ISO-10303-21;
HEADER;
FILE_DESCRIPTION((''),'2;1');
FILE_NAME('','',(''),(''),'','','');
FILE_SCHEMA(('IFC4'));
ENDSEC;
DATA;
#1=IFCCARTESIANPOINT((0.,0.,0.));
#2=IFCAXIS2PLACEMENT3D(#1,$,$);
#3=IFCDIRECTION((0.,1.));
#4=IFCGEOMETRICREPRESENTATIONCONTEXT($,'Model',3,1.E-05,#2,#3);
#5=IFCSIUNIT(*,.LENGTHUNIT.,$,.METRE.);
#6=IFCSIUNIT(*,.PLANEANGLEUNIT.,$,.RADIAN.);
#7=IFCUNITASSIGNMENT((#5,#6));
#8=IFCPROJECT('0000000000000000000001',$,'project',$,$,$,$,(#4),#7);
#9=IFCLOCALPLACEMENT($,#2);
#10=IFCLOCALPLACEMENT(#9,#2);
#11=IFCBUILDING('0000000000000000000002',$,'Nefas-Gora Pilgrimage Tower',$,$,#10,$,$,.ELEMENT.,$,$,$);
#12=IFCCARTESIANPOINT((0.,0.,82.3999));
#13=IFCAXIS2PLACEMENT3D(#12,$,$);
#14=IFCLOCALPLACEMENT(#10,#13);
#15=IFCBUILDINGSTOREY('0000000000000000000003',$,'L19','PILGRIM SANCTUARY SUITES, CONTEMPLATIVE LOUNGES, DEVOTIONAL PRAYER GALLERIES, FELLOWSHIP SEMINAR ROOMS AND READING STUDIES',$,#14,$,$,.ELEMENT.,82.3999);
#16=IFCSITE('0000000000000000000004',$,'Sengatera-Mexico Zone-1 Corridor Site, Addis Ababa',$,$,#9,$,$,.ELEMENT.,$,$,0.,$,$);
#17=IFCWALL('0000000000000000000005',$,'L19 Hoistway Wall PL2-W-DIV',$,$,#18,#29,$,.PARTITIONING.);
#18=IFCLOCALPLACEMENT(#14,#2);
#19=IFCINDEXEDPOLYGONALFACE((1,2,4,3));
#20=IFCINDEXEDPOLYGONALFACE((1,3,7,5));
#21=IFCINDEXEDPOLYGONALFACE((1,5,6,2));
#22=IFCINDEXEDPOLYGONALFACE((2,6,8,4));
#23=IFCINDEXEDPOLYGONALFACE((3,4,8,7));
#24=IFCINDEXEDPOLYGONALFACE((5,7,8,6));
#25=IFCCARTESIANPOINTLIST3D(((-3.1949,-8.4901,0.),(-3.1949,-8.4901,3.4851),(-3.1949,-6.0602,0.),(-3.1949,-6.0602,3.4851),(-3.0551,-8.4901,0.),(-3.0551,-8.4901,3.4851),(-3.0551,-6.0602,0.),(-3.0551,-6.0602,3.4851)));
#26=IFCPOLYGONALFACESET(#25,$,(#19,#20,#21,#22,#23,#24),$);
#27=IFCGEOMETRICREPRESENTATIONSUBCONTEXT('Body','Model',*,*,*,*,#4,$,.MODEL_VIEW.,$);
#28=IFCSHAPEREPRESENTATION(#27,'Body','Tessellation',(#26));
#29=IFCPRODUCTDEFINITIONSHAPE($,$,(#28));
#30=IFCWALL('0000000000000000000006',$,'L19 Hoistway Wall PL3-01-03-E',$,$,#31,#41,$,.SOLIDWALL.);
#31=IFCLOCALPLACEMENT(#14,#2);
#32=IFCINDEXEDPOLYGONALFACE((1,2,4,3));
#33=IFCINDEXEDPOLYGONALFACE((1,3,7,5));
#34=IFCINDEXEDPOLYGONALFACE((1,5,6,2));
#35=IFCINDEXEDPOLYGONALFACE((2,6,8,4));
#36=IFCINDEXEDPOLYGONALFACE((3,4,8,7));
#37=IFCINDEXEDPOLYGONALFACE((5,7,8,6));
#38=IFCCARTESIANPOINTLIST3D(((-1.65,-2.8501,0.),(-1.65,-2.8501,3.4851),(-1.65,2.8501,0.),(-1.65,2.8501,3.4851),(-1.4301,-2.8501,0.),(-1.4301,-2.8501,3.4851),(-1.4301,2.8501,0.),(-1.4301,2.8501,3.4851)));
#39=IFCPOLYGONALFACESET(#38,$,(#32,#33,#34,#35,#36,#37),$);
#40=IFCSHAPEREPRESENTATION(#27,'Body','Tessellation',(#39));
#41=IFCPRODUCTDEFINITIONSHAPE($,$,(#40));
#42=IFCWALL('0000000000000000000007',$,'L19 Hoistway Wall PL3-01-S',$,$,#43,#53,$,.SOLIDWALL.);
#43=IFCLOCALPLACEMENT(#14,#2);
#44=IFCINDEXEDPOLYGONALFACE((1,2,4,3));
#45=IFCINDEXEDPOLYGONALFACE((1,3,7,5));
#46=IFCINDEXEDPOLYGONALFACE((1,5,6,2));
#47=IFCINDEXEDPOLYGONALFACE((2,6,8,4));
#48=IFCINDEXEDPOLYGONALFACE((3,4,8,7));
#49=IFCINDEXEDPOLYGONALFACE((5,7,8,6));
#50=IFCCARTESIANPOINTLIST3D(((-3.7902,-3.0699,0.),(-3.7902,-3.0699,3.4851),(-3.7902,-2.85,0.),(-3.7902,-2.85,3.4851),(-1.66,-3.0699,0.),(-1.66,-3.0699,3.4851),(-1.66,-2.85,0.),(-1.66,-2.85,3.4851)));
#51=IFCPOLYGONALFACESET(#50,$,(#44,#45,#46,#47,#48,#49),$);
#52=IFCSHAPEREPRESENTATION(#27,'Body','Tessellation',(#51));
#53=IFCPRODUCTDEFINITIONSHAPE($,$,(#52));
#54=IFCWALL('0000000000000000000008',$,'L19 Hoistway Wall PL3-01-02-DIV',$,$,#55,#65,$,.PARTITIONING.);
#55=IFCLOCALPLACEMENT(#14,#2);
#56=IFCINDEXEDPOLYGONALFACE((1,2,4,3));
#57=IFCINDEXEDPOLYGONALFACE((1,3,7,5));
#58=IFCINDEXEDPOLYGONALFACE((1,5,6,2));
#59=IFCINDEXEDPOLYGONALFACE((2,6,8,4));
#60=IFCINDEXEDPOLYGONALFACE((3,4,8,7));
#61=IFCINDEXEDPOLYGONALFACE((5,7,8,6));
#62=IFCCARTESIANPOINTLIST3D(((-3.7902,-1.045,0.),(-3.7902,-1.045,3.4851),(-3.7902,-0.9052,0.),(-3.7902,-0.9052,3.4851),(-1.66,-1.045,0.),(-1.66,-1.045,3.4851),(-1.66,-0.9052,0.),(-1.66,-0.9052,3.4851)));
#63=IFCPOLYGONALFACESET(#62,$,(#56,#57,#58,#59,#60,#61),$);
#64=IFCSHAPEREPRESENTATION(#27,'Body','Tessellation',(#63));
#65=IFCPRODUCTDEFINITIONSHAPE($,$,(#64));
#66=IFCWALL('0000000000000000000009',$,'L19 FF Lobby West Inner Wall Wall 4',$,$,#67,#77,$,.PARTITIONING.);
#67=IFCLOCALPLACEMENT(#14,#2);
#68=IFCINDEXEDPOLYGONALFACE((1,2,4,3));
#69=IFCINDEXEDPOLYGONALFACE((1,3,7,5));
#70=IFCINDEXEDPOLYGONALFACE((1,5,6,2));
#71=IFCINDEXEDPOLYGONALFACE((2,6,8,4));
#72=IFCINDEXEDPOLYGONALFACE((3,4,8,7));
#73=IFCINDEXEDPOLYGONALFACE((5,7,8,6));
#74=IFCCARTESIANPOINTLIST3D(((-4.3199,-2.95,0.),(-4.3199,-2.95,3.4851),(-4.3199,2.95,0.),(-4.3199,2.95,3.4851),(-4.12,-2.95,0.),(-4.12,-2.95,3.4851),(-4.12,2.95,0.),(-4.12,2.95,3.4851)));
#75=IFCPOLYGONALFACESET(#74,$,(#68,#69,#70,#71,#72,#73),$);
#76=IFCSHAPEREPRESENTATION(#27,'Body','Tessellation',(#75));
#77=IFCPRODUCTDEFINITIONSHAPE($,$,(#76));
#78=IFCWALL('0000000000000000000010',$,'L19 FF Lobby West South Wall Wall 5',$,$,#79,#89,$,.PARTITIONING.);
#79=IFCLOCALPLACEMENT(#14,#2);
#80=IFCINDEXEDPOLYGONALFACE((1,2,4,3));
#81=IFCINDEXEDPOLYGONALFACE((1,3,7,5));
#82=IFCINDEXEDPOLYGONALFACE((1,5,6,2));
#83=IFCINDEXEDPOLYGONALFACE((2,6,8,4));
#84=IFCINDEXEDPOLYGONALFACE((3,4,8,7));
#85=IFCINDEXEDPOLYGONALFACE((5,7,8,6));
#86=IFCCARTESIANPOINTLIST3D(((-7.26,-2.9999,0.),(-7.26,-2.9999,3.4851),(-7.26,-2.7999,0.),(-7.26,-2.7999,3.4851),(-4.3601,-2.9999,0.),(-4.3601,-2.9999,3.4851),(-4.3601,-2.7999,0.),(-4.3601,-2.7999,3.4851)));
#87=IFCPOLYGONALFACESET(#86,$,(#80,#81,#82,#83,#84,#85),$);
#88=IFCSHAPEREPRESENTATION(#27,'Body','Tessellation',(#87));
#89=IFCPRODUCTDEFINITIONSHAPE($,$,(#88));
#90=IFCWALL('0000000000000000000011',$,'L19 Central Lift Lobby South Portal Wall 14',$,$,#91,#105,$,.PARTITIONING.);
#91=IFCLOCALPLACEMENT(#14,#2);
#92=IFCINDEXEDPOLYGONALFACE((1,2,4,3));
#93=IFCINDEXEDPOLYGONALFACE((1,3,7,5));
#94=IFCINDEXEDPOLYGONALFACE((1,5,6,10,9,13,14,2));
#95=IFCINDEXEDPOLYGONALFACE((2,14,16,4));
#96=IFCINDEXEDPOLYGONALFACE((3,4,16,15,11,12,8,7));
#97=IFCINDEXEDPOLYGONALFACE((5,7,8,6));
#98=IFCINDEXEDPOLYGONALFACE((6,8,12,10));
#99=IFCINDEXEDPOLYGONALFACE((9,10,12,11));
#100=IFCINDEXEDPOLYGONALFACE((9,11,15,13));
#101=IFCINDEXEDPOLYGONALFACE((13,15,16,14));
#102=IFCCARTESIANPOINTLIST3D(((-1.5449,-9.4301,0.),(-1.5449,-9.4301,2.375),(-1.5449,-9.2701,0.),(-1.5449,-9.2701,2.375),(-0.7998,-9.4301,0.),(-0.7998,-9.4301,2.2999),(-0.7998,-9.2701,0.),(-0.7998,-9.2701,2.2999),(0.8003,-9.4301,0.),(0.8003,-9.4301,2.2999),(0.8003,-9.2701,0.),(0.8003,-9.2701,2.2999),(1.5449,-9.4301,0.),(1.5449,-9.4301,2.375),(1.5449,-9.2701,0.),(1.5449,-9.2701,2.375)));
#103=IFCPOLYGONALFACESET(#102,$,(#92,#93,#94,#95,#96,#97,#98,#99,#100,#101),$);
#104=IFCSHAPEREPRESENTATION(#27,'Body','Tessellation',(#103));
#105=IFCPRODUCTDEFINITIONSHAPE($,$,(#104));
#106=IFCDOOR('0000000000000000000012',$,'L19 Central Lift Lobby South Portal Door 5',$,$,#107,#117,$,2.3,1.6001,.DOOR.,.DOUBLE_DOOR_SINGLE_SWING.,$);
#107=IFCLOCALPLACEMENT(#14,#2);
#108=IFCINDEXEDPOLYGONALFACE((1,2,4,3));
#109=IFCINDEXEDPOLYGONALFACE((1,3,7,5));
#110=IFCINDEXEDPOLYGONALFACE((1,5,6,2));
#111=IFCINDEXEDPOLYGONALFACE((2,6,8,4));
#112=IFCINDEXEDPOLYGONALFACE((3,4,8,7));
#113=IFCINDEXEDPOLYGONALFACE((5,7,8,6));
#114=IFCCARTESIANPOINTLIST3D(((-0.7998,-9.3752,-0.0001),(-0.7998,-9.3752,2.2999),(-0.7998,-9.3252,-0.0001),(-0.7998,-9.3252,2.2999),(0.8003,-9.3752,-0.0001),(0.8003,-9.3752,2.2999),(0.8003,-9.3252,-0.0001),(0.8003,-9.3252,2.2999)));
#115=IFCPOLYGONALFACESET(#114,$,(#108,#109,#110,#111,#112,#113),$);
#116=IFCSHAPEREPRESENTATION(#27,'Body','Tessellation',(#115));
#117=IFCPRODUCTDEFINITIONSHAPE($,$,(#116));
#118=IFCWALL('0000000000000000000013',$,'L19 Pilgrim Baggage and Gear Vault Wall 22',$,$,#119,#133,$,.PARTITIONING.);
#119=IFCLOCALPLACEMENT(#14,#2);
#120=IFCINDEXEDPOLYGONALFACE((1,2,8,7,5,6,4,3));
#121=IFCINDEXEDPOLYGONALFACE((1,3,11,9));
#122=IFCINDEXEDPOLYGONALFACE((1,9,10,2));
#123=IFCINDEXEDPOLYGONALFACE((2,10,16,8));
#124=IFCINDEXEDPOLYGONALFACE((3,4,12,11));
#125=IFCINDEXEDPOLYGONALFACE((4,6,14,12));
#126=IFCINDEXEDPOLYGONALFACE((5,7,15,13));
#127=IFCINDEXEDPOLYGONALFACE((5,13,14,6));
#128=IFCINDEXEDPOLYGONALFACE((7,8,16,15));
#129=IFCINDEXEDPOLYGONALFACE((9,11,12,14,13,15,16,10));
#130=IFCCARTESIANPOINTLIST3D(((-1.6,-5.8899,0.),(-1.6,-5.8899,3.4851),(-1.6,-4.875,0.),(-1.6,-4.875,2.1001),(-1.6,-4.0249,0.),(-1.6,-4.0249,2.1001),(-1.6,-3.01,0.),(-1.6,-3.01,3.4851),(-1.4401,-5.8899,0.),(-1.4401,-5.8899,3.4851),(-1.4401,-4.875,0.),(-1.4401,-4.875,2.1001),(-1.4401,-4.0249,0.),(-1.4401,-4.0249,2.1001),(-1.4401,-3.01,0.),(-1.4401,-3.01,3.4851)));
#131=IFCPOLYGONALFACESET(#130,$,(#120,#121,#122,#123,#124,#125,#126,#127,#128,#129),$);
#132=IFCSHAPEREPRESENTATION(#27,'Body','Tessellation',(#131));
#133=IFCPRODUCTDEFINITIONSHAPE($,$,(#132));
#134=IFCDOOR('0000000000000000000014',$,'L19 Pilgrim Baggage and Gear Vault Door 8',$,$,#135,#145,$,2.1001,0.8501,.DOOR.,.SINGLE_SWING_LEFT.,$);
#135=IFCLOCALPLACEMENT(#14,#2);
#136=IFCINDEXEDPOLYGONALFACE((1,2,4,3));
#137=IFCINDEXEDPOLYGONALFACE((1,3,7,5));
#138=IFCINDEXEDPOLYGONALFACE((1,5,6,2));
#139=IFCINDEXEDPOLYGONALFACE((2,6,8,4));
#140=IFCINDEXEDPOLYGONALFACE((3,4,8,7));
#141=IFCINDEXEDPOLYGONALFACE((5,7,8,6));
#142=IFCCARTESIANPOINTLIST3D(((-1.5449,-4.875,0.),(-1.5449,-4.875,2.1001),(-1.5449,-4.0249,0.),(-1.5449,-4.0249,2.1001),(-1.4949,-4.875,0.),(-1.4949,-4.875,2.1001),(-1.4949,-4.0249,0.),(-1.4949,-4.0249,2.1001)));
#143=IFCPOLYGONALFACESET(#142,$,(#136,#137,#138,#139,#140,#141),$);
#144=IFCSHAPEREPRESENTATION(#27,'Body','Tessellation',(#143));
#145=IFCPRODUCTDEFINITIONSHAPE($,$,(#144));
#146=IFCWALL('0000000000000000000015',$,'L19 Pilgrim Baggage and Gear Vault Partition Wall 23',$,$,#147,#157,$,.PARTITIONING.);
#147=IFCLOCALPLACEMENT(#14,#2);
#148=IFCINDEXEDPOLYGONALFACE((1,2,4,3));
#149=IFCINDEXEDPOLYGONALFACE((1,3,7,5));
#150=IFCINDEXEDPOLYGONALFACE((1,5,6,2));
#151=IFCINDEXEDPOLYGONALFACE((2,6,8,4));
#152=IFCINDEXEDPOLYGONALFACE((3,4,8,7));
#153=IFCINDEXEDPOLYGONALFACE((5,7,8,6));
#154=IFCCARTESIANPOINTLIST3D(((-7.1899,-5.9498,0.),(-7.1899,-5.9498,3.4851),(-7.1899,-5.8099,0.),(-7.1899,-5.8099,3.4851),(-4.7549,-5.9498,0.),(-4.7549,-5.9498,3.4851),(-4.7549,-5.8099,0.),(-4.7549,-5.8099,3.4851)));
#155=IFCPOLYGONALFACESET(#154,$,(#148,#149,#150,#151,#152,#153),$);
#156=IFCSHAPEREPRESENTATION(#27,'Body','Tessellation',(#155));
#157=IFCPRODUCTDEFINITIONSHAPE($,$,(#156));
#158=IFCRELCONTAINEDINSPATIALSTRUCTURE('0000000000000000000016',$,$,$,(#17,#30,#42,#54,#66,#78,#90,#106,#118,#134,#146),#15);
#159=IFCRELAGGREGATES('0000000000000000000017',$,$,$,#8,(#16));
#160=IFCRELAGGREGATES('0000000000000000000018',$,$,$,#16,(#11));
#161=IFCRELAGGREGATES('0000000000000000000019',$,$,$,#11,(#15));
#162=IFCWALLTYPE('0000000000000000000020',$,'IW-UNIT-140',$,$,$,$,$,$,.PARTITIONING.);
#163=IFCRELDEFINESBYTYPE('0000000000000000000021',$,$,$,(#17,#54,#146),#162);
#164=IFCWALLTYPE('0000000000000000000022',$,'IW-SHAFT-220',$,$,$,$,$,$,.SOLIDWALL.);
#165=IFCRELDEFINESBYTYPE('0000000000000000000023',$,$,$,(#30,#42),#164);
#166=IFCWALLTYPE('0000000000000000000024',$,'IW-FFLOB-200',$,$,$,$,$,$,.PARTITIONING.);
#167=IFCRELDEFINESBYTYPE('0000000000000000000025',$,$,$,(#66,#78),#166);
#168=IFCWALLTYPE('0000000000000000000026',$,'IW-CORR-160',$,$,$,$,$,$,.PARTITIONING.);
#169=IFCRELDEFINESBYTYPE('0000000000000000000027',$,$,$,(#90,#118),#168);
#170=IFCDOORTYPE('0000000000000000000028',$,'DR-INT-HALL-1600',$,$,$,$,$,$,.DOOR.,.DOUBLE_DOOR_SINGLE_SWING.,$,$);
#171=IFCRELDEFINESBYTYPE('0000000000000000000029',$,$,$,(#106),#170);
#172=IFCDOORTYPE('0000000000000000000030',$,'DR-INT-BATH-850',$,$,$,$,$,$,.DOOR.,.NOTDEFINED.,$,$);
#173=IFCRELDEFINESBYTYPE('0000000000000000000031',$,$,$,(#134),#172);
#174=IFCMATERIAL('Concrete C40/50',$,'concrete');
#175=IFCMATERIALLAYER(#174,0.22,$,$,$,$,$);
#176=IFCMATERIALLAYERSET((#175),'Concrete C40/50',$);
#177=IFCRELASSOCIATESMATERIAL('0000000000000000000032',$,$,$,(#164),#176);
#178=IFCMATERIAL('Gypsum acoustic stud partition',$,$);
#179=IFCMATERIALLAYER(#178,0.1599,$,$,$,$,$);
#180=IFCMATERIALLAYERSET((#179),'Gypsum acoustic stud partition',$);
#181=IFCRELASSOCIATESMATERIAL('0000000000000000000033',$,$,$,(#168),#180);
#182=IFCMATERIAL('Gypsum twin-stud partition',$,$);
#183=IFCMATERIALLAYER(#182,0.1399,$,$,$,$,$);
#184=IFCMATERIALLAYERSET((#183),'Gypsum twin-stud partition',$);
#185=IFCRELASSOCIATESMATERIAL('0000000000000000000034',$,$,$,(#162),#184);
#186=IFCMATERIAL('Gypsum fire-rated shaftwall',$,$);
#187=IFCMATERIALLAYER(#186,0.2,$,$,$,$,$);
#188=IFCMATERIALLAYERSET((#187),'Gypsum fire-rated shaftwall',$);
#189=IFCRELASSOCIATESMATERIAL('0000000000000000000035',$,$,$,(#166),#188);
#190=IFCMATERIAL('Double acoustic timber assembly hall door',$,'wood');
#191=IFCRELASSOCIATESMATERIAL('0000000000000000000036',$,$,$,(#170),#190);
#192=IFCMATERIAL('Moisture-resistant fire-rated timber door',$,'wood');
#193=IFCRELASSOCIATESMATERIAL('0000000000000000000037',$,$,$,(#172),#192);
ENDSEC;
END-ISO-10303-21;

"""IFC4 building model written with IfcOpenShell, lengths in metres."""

from ifc_helpers import new_model, si_unit, direction, frame, frame_2d, origin, place, context, subcontext, project, spatial, rectangle, extrude, source, transform, mapped, material, layer, layer_set, type_object, element, fill, save


model = new_model("IFC4")

# Units and contexts
model_context = context("Model", 3, precision=1e-05, world=origin(), true_north=direction((0.0, 1.0)))
body_context = subcontext(model_context, "Body", "Model", "MODEL_VIEW")
ifc_project = project(units=[si_unit("LENGTHUNIT", "METRE"), si_unit("PLANEANGLEUNIT", "RADIAN")], contexts=[model_context])

# Site, building, storey
site_placement = place(None, origin())
site = spatial("IfcSite", under=ifc_project, at=site_placement, Name="Sengatera-Mexico Zone-1 Corridor Site, Addis Ababa", CompositionType="ELEMENT", RefElevation=0.0)
building_placement = place(site_placement, origin())
building = spatial("IfcBuilding", under=site, at=building_placement, Name="Nefas-Gora Pilgrimage Tower", CompositionType="ELEMENT")
storey_placement = place(building_placement, frame((0.0, 0.0, 82.3999)))
storey = spatial("IfcBuildingStorey", under=building, at=storey_placement, Name="L19", Description="PILGRIM SANCTUARY SUITES, CONTEMPLATIVE LOUNGES, DEVOTIONAL PRAYER GALLERIES, FELLOWSHIP SEMINAR ROOMS AND READING STUDIES", CompositionType="ELEMENT", Elevation=82.3999)

# Walls
ifc_material_1 = material(Name="Concrete C40/50", Category="concrete")
ifc_layer_1 = layer(ifc_material_1, 0.22)
ifc_layer_set_1 = layer_set([ifc_layer_1], Name="Concrete C40/50")
wall_type_1 = type_object("IfcWallType", Name="IW-SHAFT-220", PredefinedType="SOLIDWALL", material=ifc_layer_set_1)
ifc_material_2 = material(Name="Gypsum acoustic stud partition")
ifc_layer_2 = layer(ifc_material_2, 0.1599)
ifc_layer_set_2 = layer_set([ifc_layer_2], Name="Gypsum acoustic stud partition")
wall_type_2 = type_object("IfcWallType", Name="IW-CORR-160", PredefinedType="PARTITIONING", material=ifc_layer_set_2)
ifc_material_3 = material(Name="Gypsum twin-stud partition")
ifc_layer_3 = layer(ifc_material_3, 0.1399)
ifc_layer_set_3 = layer_set([ifc_layer_3], Name="Gypsum twin-stud partition")
wall_type_3 = type_object("IfcWallType", Name="IW-UNIT-140", PredefinedType="PARTITIONING", material=ifc_layer_set_3)
shared_shape_1 = source(origin(), body_context, "Body", "SweptSolid", [
    extrude(rectangle(XDim=2.4299, YDim=0.1399, at=frame_2d((1.2148, 0.0))), origin(), (0.0, 0.0, 1.0), 3.4851),
])
wall_1_placement = place(storey_placement, frame((-3.125, -8.49, 0.0), z_axis=(0.0, 0.0, 1.0), x_axis=(0.0, 1.0, 0.0)))
element("IfcWall", 1, at=wall_1_placement, inside=storey, type_object=wall_type_3, Name="L19 Hoistway Wall PL2-W-DIV", PredefinedType="PARTITIONING", context=body_context, shape_type="MappedRepresentation", body=[
    mapped(shared_shape_1, transform((0.0, 0.0, 0.0), x_axis=(1.0, 0.0, 0.0), y_axis=(0.0, 1.0, 0.0), z_axis=(0.0, 0.0, 1.0), scale=1.0)),
])
shared_shape_2 = source(origin(), body_context, "Body", "SweptSolid", [
    extrude(rectangle(XDim=5.7002, YDim=0.22, at=frame_2d((2.8501, 0.0))), origin(), (0.0, 0.0, 1.0), 3.4851),
])
wall_2_placement = place(storey_placement, frame((-1.54, -2.8501, 0.0), z_axis=(0.0, 0.0, 1.0), x_axis=(0.0, 1.0, 0.0)))
element("IfcWall", 2, at=wall_2_placement, inside=storey, type_object=wall_type_1, Name="L19 Hoistway Wall PL3-01-03-E", PredefinedType="SOLIDWALL", context=body_context, shape_type="MappedRepresentation", body=[
    mapped(shared_shape_2, transform((0.0, 0.0, 0.0), x_axis=(1.0, 0.0, 0.0), y_axis=(0.0, 1.0, 0.0), z_axis=(0.0, 0.0, 1.0), scale=1.0)),
])
shared_shape_3 = source(origin(), body_context, "Body", "SweptSolid", [
    extrude(rectangle(XDim=2.1301, YDim=0.22, at=frame_2d((1.0649, 0.0))), origin(), (0.0, 0.0, 1.0), 3.4851),
])
wall_3_placement = place(storey_placement, frame((-3.79, -2.96, 0.0), z_axis=(0.0, 0.0, 1.0), x_axis=(1.0, 0.0, 0.0)))
element("IfcWall", 3, at=wall_3_placement, inside=storey, type_object=wall_type_1, Name="L19 Hoistway Wall PL3-01-S", PredefinedType="SOLIDWALL", context=body_context, shape_type="MappedRepresentation", body=[
    mapped(shared_shape_3, transform((0.0, 0.0, 0.0), x_axis=(1.0, 0.0, 0.0), y_axis=(0.0, 1.0, 0.0), z_axis=(0.0, 0.0, 1.0), scale=1.0)),
])
shared_shape_4 = source(origin(), body_context, "Body", "SweptSolid", [
    extrude(rectangle(XDim=2.1301, YDim=0.1399, at=frame_2d((1.0649, 0.0))), origin(), (0.0, 0.0, 1.0), 3.4851),
])
wall_4_placement = place(storey_placement, frame((-3.79, -0.9751, 0.0), z_axis=(0.0, 0.0, 1.0), x_axis=(1.0, 0.0, 0.0)))
element("IfcWall", 4, at=wall_4_placement, inside=storey, type_object=wall_type_3, Name="L19 Hoistway Wall PL3-01-02-DIV", PredefinedType="PARTITIONING", context=body_context, shape_type="MappedRepresentation", body=[
    mapped(shared_shape_4, transform((0.0, 0.0, 0.0), x_axis=(1.0, 0.0, 0.0), y_axis=(0.0, 1.0, 0.0), z_axis=(0.0, 0.0, 1.0), scale=1.0)),
])
ifc_material_4 = material(Name="Gypsum fire-rated shaftwall")
ifc_layer_4 = layer(ifc_material_4, 0.2)
ifc_layer_set_4 = layer_set([ifc_layer_4], Name="Gypsum fire-rated shaftwall")
wall_type_4 = type_object("IfcWallType", Name="IW-FFLOB-200", PredefinedType="PARTITIONING", material=ifc_layer_set_4)
shared_shape_5 = source(origin(), body_context, "Body", "SweptSolid", [
    extrude(rectangle(XDim=5.8999, YDim=0.2, at=frame_2d((2.95, 0.0))), origin(), (0.0, 0.0, 1.0), 3.4851),
])
wall_5_placement = place(storey_placement, frame((-4.22, -2.95, 0.0), z_axis=(0.0, 0.0, 1.0), x_axis=(0.0, 1.0, 0.0)))
element("IfcWall", 5, at=wall_5_placement, inside=storey, type_object=wall_type_4, Name="L19 FF Lobby West Inner Wall Wall 4", PredefinedType="PARTITIONING", context=body_context, shape_type="MappedRepresentation", body=[
    mapped(shared_shape_5, transform((0.0, 0.0, 0.0), x_axis=(1.0, 0.0, 0.0), y_axis=(0.0, 1.0, 0.0), z_axis=(0.0, 0.0, 1.0), scale=1.0)),
])
shared_shape_6 = source(origin(), body_context, "Body", "SweptSolid", [
    extrude(rectangle(XDim=2.8999, YDim=0.2, at=frame_2d((1.45, 0.0))), origin(), (0.0, 0.0, 1.0), 3.4851),
])
wall_6_placement = place(storey_placement, frame((-7.26, -2.8999, 0.0), z_axis=(0.0, 0.0, 1.0), x_axis=(1.0, 0.0, 0.0)))
element("IfcWall", 6, at=wall_6_placement, inside=storey, type_object=wall_type_4, Name="L19 FF Lobby West South Wall Wall 5", PredefinedType="PARTITIONING", context=body_context, shape_type="MappedRepresentation", body=[
    mapped(shared_shape_6, transform((0.0, 0.0, 0.0), x_axis=(1.0, 0.0, 0.0), y_axis=(0.0, 1.0, 0.0), z_axis=(0.0, 0.0, 1.0), scale=1.0)),
])

# Walls, openings, doors
shared_shape_7 = source(origin(), body_context, "Body", "SweptSolid", [
    extrude(rectangle(XDim=3.0898, YDim=0.1599, at=frame_2d((1.5449, 0.0))), origin(), (0.0, 0.0, 1.0), 2.375),
])
wall_7_placement = place(storey_placement, frame((-1.5449, -9.3501, 0.0), z_axis=(0.0, 0.0, 1.0), x_axis=(1.0, 0.0, 0.0)))
wall_7 = element("IfcWall", 7, at=wall_7_placement, inside=storey, type_object=wall_type_2, Name="L19 Central Lift Lobby South Portal Wall 14", PredefinedType="PARTITIONING", context=body_context, shape_type="MappedRepresentation", body=[
    mapped(shared_shape_7, transform((0.0, 0.0, 0.0), x_axis=(1.0, 0.0, 0.0), y_axis=(0.0, 1.0, 0.0), z_axis=(0.0, 0.0, 1.0), scale=1.0)),
])
opening_1_placement = place(wall_7_placement, frame((0.7451, 0.0, 0.0)))
opening_1 = element("IfcOpeningElement", 8, at=opening_1_placement, cuts=wall_7, PredefinedType="OPENING", context=body_context, shape_type="SweptSolid", body=[
    extrude(rectangle(XDim=1.6001, YDim=2.3, at=frame_2d((0.8, 1.1499))), frame((0.0, 0.0898, 0.0), z_axis=(0.0, -1.0, 0.0), x_axis=(1.0, 0.0, 0.0)), (0.0, 0.0, 1.0), 0.1799),
])
ifc_material_5 = material(Name="Double acoustic timber assembly hall door", Category="wood")
door_type_1 = type_object("IfcDoorType", Name="DR-INT-HALL-1600", OperationType="DOUBLE_DOOR_SINGLE_SWING", PredefinedType="DOOR", material=ifc_material_5)
shared_shape_8 = source(origin(), body_context, "Body", "SweptSolid", [
    extrude(rectangle(XDim=1.6001, YDim=2.3, at=frame_2d((0.8, 1.1499))), frame((0.0, 0.0249, 0.0), z_axis=(0.0, -1.0, 0.0), x_axis=(1.0, 0.0, 0.0)), (0.0, 0.0, 1.0), 0.05),
])
door_1_placement = place(opening_1_placement, origin())
door_1 = element("IfcDoor", 9, at=door_1_placement, inside=storey, type_object=door_type_1, Name="L19 Central Lift Lobby South Portal Door 5", OperationType="DOUBLE_DOOR_SINGLE_SWING", OverallHeight=2.3, OverallWidth=1.6001, PredefinedType="DOOR", context=body_context, shape_type="MappedRepresentation", body=[
    mapped(shared_shape_8, transform((0.0, 0.0, 0.0), x_axis=(1.0, 0.0, 0.0), y_axis=(0.0, 1.0, 0.0), z_axis=(0.0, 0.0, 1.0), scale=1.0)),
])
fill(opening_1, door_1)
shared_shape_9 = source(origin(), body_context, "Body", "SweptSolid", [
    extrude(rectangle(XDim=2.8799, YDim=0.1599, at=frame_2d((1.4399, 0.0))), origin(), (0.0, 0.0, 1.0), 3.4851),
])
wall_8_placement = place(storey_placement, frame((-1.52, -5.8899, 0.0), z_axis=(0.0, 0.0, 1.0), x_axis=(0.0, 1.0, 0.0)))
wall_8 = element("IfcWall", 10, at=wall_8_placement, inside=storey, type_object=wall_type_2, Name="L19 Pilgrim Baggage and Gear Vault Wall 22", PredefinedType="PARTITIONING", context=body_context, shape_type="MappedRepresentation", body=[
    mapped(shared_shape_9, transform((0.0, 0.0, 0.0), x_axis=(1.0, 0.0, 0.0), y_axis=(0.0, 1.0, 0.0), z_axis=(0.0, 0.0, 1.0), scale=1.0)),
])
opening_2_placement = place(wall_8_placement, frame((1.0149, 0.0, 0.0)))
opening_2 = element("IfcOpeningElement", 11, at=opening_2_placement, cuts=wall_8, PredefinedType="OPENING", context=body_context, shape_type="SweptSolid", body=[
    extrude(rectangle(XDim=0.8501, YDim=2.1001, at=frame_2d((0.425, 1.05))), frame((0.0, 0.0898, 0.0), z_axis=(0.0, -1.0, 0.0), x_axis=(1.0, 0.0, 0.0)), (0.0, 0.0, 1.0), 0.1799),
])
ifc_material_6 = material(Name="Moisture-resistant fire-rated timber door", Category="wood")
door_type_2 = type_object("IfcDoorType", Name="DR-INT-BATH-850", OperationType="NOTDEFINED", PredefinedType="DOOR", material=ifc_material_6)
shared_shape_10 = source(origin(), body_context, "Body", "SweptSolid", [
    extrude(rectangle(XDim=0.8501, YDim=2.1001, at=frame_2d((0.425, 1.05))), frame((0.0, 0.0249, 0.0), z_axis=(0.0, -1.0, 0.0), x_axis=(1.0, 0.0, 0.0)), (0.0, 0.0, 1.0), 0.05),
])
door_2_placement = place(opening_2_placement, origin())
door_2 = element("IfcDoor", 12, at=door_2_placement, inside=storey, type_object=door_type_2, Name="L19 Pilgrim Baggage and Gear Vault Door 8", OperationType="SINGLE_SWING_LEFT", OverallHeight=2.1001, OverallWidth=0.8501, PredefinedType="DOOR", context=body_context, shape_type="MappedRepresentation", body=[
    mapped(shared_shape_10, transform((0.0, 0.0, 0.0), x_axis=(1.0, 0.0, 0.0), y_axis=(0.0, 1.0, 0.0), z_axis=(0.0, 0.0, 1.0), scale=1.0)),
])
fill(opening_2, door_2)

# Wall
shared_shape_11 = source(origin(), body_context, "Body", "SweptSolid", [
    extrude(rectangle(XDim=2.4351, YDim=0.1399, at=frame_2d((1.2175, 0.0))), origin(), (0.0, 0.0, 1.0), 3.4851),
])
wall_9_placement = place(storey_placement, frame((-7.1899, -5.8799, 0.0), z_axis=(0.0, 0.0, 1.0), x_axis=(1.0, 0.0, 0.0)))
element("IfcWall", 13, at=wall_9_placement, inside=storey, type_object=wall_type_3, Name="L19 Pilgrim Baggage and Gear Vault Partition Wall 23", PredefinedType="PARTITIONING", context=body_context, shape_type="MappedRepresentation", body=[
    mapped(shared_shape_11, transform((0.0, 0.0, 0.0), x_axis=(1.0, 0.0, 0.0), y_axis=(0.0, 1.0, 0.0), z_axis=(0.0, 0.0, 1.0), scale=1.0)),
])

save(model, "model.ifc")
